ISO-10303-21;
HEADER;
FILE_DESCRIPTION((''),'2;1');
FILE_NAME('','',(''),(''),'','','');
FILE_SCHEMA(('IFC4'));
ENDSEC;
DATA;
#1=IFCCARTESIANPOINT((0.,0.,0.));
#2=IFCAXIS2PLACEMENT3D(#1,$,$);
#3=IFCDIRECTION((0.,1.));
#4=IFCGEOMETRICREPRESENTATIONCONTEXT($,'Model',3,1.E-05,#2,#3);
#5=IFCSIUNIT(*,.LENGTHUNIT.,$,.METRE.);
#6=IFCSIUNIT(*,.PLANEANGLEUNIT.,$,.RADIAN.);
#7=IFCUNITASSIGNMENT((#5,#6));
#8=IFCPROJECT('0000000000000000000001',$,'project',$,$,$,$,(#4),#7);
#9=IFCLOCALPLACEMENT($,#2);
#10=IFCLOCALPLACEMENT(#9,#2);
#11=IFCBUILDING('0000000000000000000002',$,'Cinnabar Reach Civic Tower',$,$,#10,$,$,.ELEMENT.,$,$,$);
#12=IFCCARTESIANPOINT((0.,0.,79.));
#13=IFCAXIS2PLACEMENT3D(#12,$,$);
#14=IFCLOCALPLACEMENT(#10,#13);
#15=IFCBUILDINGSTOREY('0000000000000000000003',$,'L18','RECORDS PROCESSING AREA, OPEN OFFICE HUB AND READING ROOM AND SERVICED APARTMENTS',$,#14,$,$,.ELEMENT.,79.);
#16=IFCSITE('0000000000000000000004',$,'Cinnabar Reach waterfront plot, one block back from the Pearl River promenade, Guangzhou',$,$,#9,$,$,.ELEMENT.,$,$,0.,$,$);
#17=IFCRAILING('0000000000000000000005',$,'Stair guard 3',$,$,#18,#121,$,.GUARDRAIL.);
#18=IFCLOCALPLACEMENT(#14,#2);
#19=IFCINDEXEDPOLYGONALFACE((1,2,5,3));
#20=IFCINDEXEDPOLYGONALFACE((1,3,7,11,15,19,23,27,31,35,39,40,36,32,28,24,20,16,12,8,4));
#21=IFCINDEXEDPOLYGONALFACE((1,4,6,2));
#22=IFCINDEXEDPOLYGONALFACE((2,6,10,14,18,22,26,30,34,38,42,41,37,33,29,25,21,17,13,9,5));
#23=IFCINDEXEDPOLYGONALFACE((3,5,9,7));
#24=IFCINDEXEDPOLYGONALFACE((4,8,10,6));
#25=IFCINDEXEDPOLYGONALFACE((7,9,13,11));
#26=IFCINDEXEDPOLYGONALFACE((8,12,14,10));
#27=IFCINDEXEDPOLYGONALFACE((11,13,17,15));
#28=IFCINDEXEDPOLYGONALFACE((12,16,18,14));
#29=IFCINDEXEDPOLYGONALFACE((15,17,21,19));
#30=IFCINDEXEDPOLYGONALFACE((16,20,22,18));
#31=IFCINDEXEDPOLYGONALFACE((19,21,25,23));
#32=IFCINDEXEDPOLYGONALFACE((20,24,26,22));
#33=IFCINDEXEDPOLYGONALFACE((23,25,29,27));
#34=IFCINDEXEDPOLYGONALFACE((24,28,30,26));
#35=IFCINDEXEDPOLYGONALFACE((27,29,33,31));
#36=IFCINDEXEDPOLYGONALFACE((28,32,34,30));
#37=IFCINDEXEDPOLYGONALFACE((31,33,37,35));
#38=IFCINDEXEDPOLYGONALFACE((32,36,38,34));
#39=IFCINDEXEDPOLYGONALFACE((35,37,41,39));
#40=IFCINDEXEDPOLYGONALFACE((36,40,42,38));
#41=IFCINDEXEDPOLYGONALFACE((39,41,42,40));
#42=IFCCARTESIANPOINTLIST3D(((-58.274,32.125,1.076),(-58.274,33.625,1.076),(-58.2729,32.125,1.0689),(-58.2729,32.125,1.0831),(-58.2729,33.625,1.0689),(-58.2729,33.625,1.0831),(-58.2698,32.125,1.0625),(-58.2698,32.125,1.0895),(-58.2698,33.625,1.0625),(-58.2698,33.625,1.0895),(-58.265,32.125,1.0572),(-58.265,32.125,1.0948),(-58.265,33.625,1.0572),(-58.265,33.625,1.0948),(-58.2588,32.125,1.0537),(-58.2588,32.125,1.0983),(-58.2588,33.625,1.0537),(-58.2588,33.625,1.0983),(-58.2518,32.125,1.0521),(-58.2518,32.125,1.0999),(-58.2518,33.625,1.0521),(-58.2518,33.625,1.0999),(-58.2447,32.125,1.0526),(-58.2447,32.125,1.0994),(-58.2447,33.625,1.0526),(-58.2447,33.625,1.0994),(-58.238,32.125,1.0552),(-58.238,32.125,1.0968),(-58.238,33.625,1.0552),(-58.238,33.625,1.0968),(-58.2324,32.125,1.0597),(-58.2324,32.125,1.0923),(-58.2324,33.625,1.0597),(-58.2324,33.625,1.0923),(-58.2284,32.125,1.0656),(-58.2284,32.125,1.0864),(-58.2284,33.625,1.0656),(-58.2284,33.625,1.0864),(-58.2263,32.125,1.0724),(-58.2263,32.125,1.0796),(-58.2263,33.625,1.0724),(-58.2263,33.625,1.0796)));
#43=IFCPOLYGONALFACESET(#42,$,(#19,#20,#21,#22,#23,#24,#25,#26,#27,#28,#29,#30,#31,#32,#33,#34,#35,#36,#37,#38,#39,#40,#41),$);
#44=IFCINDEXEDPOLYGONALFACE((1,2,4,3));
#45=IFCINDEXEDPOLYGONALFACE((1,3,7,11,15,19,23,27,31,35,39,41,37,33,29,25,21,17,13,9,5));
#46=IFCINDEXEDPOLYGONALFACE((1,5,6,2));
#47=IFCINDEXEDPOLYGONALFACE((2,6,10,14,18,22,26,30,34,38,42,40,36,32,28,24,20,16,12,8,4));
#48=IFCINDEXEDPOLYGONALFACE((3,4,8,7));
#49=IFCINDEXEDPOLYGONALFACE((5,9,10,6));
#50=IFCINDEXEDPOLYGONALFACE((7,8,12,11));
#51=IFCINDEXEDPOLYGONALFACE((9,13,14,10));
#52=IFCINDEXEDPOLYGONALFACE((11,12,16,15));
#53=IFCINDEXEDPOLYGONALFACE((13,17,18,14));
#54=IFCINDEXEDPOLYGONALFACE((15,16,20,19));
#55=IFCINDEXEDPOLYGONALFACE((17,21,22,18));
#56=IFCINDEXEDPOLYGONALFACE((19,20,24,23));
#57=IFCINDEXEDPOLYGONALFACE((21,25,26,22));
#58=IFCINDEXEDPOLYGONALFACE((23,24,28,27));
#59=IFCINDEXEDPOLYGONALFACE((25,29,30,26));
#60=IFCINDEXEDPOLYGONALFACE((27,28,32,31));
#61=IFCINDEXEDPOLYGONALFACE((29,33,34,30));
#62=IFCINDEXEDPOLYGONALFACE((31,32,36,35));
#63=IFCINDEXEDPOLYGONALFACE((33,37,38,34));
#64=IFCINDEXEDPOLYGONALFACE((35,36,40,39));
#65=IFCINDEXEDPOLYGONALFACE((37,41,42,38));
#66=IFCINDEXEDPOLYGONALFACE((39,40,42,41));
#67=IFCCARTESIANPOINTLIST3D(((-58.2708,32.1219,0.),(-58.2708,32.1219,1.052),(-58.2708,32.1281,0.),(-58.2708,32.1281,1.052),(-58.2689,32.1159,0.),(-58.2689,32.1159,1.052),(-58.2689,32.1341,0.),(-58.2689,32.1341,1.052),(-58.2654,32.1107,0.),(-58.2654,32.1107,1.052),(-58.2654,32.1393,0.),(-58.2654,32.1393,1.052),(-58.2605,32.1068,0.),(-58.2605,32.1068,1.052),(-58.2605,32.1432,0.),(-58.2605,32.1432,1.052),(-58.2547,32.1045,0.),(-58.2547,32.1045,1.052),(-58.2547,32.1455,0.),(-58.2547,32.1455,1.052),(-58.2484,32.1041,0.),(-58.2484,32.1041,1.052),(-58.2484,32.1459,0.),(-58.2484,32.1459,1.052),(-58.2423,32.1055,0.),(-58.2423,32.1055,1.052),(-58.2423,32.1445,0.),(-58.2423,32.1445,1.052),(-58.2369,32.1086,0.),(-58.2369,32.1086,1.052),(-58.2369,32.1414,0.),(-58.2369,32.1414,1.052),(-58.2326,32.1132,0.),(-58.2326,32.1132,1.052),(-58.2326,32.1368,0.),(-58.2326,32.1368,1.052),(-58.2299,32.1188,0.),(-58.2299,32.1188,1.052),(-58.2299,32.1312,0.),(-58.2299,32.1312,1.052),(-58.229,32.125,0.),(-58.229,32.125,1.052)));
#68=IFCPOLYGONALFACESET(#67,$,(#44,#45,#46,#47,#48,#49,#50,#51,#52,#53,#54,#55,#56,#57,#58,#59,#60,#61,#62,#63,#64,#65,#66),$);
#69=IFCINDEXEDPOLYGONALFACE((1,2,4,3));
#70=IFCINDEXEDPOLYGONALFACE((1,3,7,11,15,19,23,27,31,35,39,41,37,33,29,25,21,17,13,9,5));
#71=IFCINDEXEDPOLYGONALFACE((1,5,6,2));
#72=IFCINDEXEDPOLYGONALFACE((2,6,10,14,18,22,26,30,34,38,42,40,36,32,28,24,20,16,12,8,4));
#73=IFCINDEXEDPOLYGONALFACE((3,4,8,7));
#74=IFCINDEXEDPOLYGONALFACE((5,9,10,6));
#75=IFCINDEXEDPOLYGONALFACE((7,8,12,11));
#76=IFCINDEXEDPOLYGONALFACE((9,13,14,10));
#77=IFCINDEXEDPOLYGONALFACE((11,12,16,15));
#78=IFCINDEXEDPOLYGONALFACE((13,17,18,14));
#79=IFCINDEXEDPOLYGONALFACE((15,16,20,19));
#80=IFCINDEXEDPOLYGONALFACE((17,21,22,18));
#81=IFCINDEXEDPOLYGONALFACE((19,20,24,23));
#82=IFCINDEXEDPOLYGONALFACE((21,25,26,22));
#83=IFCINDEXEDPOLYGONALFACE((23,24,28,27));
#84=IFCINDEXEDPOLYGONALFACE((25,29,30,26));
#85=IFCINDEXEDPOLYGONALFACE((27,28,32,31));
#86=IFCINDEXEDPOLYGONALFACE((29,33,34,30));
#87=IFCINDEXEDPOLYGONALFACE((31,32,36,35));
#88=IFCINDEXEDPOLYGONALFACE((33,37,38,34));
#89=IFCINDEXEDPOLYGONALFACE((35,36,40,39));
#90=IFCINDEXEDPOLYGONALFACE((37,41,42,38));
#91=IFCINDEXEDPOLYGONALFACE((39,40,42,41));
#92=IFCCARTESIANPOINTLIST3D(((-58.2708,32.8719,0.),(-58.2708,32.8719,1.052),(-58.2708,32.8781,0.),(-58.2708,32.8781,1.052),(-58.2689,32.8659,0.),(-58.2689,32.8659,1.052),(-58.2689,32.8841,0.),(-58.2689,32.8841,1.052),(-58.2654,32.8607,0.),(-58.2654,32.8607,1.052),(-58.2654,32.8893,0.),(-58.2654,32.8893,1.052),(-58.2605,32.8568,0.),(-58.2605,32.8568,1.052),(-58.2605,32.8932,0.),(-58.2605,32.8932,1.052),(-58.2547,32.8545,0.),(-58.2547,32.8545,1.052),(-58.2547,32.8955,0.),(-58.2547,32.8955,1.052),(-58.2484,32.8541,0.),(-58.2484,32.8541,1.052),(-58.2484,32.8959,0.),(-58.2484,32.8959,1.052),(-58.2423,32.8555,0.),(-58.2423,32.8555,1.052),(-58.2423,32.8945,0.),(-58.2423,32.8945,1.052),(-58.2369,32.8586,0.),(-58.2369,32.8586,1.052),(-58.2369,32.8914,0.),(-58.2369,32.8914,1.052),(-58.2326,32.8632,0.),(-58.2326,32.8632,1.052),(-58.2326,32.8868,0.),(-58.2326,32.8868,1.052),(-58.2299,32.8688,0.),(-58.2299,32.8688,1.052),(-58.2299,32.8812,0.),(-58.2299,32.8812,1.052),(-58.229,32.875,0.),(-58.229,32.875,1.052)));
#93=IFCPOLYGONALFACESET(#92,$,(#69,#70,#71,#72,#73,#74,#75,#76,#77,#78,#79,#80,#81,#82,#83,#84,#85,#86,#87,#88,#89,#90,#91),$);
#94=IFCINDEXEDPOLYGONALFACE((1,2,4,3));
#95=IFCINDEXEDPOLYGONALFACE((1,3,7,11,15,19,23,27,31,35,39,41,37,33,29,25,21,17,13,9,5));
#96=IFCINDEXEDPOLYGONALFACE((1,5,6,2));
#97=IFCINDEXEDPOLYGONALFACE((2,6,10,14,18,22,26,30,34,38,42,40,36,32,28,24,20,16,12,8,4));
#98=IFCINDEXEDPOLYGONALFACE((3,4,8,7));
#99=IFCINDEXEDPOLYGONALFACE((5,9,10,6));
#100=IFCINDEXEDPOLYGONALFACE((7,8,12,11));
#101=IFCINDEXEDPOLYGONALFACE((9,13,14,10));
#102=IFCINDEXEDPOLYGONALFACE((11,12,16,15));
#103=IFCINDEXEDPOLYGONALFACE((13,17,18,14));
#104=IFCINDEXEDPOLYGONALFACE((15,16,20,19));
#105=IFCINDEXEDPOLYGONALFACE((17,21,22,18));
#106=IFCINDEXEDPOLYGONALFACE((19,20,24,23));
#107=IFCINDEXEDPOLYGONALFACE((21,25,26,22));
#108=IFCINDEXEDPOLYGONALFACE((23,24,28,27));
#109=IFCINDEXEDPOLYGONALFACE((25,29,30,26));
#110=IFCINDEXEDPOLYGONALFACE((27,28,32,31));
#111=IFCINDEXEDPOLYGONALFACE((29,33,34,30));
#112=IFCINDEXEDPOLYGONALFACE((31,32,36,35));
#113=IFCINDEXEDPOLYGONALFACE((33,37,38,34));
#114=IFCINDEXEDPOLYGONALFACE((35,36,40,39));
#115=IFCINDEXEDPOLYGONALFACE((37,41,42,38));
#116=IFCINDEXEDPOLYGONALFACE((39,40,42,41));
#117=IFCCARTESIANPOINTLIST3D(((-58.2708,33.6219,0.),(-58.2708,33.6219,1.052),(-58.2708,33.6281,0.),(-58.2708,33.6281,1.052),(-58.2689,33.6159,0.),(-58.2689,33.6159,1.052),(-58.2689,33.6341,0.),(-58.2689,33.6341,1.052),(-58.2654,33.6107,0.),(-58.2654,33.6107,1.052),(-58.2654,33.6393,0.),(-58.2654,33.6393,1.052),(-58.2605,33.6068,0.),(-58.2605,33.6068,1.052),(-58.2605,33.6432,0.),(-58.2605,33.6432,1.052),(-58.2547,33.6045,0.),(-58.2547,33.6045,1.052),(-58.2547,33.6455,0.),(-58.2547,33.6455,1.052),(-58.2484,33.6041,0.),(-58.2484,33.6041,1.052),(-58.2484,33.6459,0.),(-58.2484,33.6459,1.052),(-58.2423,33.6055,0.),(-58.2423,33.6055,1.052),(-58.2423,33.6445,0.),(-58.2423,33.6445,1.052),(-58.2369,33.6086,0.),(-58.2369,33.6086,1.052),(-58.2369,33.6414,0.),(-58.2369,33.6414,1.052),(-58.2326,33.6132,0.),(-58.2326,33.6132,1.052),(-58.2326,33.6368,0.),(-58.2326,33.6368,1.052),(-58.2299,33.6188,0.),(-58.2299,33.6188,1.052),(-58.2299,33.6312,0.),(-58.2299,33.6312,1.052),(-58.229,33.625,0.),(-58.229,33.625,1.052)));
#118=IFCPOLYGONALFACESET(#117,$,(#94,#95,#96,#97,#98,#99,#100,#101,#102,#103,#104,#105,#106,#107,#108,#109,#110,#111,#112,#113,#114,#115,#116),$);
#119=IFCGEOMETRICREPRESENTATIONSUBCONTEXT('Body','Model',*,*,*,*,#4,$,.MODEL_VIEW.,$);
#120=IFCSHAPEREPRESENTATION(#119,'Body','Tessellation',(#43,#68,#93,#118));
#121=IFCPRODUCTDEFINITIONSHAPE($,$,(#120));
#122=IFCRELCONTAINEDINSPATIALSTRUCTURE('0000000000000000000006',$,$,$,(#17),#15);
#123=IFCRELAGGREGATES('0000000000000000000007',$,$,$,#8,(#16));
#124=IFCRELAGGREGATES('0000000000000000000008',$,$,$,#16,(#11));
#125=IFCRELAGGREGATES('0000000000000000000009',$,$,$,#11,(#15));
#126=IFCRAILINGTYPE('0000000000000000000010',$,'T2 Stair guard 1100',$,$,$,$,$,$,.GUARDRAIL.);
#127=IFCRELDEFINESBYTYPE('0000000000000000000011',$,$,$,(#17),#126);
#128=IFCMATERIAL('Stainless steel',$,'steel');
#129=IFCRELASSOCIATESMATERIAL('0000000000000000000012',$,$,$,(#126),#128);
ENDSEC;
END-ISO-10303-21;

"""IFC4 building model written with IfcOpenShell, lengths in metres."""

from ifc_helpers import new_model, si_unit, direction, frame, origin, origin_2d, place, context, subcontext, project, spatial, circle, extrude, material, type_object, element, save


model = new_model("IFC4")

# Units and contexts
model_context = context("Model", 3, precision=1e-05, world=origin(), true_north=direction((0.0, 1.0)))
body_context = subcontext(model_context, "Body", "Model", "MODEL_VIEW")
ifc_project = project(units=[si_unit("LENGTHUNIT", "METRE"), si_unit("PLANEANGLEUNIT", "RADIAN")], contexts=[model_context])

# Site, building, storey
site_placement = place(None, origin())
site = spatial("IfcSite", under=ifc_project, at=site_placement, Name="Cinnabar Reach waterfront plot, one block back from the Pearl River promenade, Guangzhou", CompositionType="ELEMENT", RefElevation=0.0)
building_placement = place(site_placement, origin())
building = spatial("IfcBuilding", under=site, at=building_placement, Name="Cinnabar Reach Civic Tower", CompositionType="ELEMENT")
storey_placement = place(building_placement, frame((0.0, 0.0, 79.0)))
storey = spatial("IfcBuildingStorey", under=building, at=storey_placement, Name="L18", Description="RECORDS PROCESSING AREA, OPEN OFFICE HUB AND READING ROOM AND SERVICED APARTMENTS", CompositionType="ELEMENT", Elevation=79.0)

# Railing
ifc_material_1 = material(Name="Stainless steel", Category="steel")
railing_type = type_object("IfcRailingType", Name="T2 Stair guard 1100", PredefinedType="GUARDRAIL", material=ifc_material_1)
railing_1_placement = place(storey_placement, frame((-58.25, 32.125, 0.0)))
element("IfcRailing", 1, at=railing_1_placement, inside=storey, type_object=railing_type, Name="Stair guard 3", PredefinedType="GUARDRAIL", context=body_context, shape_type="SweptSolid", body=[
    extrude(circle(Radius=0.024, at=origin_2d()), frame((0.0, 0.0, 1.076), z_axis=(0.0, 1.0, 0.0), x_axis=(-1.0, 0.0, 0.0)), (0.0, 0.0, 1.0), 1.5),
    extrude(circle(Radius=0.021, at=origin_2d()), origin(), (0.0, 0.0, 1.0), 1.052),
    extrude(circle(Radius=0.021, at=origin_2d()), frame((0.0, 0.75, 0.0)), (0.0, 0.0, 1.0), 1.052),
    extrude(circle(Radius=0.021, at=origin_2d()), frame((0.0, 1.5, 0.0)), (0.0, 0.0, 1.0), 1.052),
])

save(model, "model.ifc")
